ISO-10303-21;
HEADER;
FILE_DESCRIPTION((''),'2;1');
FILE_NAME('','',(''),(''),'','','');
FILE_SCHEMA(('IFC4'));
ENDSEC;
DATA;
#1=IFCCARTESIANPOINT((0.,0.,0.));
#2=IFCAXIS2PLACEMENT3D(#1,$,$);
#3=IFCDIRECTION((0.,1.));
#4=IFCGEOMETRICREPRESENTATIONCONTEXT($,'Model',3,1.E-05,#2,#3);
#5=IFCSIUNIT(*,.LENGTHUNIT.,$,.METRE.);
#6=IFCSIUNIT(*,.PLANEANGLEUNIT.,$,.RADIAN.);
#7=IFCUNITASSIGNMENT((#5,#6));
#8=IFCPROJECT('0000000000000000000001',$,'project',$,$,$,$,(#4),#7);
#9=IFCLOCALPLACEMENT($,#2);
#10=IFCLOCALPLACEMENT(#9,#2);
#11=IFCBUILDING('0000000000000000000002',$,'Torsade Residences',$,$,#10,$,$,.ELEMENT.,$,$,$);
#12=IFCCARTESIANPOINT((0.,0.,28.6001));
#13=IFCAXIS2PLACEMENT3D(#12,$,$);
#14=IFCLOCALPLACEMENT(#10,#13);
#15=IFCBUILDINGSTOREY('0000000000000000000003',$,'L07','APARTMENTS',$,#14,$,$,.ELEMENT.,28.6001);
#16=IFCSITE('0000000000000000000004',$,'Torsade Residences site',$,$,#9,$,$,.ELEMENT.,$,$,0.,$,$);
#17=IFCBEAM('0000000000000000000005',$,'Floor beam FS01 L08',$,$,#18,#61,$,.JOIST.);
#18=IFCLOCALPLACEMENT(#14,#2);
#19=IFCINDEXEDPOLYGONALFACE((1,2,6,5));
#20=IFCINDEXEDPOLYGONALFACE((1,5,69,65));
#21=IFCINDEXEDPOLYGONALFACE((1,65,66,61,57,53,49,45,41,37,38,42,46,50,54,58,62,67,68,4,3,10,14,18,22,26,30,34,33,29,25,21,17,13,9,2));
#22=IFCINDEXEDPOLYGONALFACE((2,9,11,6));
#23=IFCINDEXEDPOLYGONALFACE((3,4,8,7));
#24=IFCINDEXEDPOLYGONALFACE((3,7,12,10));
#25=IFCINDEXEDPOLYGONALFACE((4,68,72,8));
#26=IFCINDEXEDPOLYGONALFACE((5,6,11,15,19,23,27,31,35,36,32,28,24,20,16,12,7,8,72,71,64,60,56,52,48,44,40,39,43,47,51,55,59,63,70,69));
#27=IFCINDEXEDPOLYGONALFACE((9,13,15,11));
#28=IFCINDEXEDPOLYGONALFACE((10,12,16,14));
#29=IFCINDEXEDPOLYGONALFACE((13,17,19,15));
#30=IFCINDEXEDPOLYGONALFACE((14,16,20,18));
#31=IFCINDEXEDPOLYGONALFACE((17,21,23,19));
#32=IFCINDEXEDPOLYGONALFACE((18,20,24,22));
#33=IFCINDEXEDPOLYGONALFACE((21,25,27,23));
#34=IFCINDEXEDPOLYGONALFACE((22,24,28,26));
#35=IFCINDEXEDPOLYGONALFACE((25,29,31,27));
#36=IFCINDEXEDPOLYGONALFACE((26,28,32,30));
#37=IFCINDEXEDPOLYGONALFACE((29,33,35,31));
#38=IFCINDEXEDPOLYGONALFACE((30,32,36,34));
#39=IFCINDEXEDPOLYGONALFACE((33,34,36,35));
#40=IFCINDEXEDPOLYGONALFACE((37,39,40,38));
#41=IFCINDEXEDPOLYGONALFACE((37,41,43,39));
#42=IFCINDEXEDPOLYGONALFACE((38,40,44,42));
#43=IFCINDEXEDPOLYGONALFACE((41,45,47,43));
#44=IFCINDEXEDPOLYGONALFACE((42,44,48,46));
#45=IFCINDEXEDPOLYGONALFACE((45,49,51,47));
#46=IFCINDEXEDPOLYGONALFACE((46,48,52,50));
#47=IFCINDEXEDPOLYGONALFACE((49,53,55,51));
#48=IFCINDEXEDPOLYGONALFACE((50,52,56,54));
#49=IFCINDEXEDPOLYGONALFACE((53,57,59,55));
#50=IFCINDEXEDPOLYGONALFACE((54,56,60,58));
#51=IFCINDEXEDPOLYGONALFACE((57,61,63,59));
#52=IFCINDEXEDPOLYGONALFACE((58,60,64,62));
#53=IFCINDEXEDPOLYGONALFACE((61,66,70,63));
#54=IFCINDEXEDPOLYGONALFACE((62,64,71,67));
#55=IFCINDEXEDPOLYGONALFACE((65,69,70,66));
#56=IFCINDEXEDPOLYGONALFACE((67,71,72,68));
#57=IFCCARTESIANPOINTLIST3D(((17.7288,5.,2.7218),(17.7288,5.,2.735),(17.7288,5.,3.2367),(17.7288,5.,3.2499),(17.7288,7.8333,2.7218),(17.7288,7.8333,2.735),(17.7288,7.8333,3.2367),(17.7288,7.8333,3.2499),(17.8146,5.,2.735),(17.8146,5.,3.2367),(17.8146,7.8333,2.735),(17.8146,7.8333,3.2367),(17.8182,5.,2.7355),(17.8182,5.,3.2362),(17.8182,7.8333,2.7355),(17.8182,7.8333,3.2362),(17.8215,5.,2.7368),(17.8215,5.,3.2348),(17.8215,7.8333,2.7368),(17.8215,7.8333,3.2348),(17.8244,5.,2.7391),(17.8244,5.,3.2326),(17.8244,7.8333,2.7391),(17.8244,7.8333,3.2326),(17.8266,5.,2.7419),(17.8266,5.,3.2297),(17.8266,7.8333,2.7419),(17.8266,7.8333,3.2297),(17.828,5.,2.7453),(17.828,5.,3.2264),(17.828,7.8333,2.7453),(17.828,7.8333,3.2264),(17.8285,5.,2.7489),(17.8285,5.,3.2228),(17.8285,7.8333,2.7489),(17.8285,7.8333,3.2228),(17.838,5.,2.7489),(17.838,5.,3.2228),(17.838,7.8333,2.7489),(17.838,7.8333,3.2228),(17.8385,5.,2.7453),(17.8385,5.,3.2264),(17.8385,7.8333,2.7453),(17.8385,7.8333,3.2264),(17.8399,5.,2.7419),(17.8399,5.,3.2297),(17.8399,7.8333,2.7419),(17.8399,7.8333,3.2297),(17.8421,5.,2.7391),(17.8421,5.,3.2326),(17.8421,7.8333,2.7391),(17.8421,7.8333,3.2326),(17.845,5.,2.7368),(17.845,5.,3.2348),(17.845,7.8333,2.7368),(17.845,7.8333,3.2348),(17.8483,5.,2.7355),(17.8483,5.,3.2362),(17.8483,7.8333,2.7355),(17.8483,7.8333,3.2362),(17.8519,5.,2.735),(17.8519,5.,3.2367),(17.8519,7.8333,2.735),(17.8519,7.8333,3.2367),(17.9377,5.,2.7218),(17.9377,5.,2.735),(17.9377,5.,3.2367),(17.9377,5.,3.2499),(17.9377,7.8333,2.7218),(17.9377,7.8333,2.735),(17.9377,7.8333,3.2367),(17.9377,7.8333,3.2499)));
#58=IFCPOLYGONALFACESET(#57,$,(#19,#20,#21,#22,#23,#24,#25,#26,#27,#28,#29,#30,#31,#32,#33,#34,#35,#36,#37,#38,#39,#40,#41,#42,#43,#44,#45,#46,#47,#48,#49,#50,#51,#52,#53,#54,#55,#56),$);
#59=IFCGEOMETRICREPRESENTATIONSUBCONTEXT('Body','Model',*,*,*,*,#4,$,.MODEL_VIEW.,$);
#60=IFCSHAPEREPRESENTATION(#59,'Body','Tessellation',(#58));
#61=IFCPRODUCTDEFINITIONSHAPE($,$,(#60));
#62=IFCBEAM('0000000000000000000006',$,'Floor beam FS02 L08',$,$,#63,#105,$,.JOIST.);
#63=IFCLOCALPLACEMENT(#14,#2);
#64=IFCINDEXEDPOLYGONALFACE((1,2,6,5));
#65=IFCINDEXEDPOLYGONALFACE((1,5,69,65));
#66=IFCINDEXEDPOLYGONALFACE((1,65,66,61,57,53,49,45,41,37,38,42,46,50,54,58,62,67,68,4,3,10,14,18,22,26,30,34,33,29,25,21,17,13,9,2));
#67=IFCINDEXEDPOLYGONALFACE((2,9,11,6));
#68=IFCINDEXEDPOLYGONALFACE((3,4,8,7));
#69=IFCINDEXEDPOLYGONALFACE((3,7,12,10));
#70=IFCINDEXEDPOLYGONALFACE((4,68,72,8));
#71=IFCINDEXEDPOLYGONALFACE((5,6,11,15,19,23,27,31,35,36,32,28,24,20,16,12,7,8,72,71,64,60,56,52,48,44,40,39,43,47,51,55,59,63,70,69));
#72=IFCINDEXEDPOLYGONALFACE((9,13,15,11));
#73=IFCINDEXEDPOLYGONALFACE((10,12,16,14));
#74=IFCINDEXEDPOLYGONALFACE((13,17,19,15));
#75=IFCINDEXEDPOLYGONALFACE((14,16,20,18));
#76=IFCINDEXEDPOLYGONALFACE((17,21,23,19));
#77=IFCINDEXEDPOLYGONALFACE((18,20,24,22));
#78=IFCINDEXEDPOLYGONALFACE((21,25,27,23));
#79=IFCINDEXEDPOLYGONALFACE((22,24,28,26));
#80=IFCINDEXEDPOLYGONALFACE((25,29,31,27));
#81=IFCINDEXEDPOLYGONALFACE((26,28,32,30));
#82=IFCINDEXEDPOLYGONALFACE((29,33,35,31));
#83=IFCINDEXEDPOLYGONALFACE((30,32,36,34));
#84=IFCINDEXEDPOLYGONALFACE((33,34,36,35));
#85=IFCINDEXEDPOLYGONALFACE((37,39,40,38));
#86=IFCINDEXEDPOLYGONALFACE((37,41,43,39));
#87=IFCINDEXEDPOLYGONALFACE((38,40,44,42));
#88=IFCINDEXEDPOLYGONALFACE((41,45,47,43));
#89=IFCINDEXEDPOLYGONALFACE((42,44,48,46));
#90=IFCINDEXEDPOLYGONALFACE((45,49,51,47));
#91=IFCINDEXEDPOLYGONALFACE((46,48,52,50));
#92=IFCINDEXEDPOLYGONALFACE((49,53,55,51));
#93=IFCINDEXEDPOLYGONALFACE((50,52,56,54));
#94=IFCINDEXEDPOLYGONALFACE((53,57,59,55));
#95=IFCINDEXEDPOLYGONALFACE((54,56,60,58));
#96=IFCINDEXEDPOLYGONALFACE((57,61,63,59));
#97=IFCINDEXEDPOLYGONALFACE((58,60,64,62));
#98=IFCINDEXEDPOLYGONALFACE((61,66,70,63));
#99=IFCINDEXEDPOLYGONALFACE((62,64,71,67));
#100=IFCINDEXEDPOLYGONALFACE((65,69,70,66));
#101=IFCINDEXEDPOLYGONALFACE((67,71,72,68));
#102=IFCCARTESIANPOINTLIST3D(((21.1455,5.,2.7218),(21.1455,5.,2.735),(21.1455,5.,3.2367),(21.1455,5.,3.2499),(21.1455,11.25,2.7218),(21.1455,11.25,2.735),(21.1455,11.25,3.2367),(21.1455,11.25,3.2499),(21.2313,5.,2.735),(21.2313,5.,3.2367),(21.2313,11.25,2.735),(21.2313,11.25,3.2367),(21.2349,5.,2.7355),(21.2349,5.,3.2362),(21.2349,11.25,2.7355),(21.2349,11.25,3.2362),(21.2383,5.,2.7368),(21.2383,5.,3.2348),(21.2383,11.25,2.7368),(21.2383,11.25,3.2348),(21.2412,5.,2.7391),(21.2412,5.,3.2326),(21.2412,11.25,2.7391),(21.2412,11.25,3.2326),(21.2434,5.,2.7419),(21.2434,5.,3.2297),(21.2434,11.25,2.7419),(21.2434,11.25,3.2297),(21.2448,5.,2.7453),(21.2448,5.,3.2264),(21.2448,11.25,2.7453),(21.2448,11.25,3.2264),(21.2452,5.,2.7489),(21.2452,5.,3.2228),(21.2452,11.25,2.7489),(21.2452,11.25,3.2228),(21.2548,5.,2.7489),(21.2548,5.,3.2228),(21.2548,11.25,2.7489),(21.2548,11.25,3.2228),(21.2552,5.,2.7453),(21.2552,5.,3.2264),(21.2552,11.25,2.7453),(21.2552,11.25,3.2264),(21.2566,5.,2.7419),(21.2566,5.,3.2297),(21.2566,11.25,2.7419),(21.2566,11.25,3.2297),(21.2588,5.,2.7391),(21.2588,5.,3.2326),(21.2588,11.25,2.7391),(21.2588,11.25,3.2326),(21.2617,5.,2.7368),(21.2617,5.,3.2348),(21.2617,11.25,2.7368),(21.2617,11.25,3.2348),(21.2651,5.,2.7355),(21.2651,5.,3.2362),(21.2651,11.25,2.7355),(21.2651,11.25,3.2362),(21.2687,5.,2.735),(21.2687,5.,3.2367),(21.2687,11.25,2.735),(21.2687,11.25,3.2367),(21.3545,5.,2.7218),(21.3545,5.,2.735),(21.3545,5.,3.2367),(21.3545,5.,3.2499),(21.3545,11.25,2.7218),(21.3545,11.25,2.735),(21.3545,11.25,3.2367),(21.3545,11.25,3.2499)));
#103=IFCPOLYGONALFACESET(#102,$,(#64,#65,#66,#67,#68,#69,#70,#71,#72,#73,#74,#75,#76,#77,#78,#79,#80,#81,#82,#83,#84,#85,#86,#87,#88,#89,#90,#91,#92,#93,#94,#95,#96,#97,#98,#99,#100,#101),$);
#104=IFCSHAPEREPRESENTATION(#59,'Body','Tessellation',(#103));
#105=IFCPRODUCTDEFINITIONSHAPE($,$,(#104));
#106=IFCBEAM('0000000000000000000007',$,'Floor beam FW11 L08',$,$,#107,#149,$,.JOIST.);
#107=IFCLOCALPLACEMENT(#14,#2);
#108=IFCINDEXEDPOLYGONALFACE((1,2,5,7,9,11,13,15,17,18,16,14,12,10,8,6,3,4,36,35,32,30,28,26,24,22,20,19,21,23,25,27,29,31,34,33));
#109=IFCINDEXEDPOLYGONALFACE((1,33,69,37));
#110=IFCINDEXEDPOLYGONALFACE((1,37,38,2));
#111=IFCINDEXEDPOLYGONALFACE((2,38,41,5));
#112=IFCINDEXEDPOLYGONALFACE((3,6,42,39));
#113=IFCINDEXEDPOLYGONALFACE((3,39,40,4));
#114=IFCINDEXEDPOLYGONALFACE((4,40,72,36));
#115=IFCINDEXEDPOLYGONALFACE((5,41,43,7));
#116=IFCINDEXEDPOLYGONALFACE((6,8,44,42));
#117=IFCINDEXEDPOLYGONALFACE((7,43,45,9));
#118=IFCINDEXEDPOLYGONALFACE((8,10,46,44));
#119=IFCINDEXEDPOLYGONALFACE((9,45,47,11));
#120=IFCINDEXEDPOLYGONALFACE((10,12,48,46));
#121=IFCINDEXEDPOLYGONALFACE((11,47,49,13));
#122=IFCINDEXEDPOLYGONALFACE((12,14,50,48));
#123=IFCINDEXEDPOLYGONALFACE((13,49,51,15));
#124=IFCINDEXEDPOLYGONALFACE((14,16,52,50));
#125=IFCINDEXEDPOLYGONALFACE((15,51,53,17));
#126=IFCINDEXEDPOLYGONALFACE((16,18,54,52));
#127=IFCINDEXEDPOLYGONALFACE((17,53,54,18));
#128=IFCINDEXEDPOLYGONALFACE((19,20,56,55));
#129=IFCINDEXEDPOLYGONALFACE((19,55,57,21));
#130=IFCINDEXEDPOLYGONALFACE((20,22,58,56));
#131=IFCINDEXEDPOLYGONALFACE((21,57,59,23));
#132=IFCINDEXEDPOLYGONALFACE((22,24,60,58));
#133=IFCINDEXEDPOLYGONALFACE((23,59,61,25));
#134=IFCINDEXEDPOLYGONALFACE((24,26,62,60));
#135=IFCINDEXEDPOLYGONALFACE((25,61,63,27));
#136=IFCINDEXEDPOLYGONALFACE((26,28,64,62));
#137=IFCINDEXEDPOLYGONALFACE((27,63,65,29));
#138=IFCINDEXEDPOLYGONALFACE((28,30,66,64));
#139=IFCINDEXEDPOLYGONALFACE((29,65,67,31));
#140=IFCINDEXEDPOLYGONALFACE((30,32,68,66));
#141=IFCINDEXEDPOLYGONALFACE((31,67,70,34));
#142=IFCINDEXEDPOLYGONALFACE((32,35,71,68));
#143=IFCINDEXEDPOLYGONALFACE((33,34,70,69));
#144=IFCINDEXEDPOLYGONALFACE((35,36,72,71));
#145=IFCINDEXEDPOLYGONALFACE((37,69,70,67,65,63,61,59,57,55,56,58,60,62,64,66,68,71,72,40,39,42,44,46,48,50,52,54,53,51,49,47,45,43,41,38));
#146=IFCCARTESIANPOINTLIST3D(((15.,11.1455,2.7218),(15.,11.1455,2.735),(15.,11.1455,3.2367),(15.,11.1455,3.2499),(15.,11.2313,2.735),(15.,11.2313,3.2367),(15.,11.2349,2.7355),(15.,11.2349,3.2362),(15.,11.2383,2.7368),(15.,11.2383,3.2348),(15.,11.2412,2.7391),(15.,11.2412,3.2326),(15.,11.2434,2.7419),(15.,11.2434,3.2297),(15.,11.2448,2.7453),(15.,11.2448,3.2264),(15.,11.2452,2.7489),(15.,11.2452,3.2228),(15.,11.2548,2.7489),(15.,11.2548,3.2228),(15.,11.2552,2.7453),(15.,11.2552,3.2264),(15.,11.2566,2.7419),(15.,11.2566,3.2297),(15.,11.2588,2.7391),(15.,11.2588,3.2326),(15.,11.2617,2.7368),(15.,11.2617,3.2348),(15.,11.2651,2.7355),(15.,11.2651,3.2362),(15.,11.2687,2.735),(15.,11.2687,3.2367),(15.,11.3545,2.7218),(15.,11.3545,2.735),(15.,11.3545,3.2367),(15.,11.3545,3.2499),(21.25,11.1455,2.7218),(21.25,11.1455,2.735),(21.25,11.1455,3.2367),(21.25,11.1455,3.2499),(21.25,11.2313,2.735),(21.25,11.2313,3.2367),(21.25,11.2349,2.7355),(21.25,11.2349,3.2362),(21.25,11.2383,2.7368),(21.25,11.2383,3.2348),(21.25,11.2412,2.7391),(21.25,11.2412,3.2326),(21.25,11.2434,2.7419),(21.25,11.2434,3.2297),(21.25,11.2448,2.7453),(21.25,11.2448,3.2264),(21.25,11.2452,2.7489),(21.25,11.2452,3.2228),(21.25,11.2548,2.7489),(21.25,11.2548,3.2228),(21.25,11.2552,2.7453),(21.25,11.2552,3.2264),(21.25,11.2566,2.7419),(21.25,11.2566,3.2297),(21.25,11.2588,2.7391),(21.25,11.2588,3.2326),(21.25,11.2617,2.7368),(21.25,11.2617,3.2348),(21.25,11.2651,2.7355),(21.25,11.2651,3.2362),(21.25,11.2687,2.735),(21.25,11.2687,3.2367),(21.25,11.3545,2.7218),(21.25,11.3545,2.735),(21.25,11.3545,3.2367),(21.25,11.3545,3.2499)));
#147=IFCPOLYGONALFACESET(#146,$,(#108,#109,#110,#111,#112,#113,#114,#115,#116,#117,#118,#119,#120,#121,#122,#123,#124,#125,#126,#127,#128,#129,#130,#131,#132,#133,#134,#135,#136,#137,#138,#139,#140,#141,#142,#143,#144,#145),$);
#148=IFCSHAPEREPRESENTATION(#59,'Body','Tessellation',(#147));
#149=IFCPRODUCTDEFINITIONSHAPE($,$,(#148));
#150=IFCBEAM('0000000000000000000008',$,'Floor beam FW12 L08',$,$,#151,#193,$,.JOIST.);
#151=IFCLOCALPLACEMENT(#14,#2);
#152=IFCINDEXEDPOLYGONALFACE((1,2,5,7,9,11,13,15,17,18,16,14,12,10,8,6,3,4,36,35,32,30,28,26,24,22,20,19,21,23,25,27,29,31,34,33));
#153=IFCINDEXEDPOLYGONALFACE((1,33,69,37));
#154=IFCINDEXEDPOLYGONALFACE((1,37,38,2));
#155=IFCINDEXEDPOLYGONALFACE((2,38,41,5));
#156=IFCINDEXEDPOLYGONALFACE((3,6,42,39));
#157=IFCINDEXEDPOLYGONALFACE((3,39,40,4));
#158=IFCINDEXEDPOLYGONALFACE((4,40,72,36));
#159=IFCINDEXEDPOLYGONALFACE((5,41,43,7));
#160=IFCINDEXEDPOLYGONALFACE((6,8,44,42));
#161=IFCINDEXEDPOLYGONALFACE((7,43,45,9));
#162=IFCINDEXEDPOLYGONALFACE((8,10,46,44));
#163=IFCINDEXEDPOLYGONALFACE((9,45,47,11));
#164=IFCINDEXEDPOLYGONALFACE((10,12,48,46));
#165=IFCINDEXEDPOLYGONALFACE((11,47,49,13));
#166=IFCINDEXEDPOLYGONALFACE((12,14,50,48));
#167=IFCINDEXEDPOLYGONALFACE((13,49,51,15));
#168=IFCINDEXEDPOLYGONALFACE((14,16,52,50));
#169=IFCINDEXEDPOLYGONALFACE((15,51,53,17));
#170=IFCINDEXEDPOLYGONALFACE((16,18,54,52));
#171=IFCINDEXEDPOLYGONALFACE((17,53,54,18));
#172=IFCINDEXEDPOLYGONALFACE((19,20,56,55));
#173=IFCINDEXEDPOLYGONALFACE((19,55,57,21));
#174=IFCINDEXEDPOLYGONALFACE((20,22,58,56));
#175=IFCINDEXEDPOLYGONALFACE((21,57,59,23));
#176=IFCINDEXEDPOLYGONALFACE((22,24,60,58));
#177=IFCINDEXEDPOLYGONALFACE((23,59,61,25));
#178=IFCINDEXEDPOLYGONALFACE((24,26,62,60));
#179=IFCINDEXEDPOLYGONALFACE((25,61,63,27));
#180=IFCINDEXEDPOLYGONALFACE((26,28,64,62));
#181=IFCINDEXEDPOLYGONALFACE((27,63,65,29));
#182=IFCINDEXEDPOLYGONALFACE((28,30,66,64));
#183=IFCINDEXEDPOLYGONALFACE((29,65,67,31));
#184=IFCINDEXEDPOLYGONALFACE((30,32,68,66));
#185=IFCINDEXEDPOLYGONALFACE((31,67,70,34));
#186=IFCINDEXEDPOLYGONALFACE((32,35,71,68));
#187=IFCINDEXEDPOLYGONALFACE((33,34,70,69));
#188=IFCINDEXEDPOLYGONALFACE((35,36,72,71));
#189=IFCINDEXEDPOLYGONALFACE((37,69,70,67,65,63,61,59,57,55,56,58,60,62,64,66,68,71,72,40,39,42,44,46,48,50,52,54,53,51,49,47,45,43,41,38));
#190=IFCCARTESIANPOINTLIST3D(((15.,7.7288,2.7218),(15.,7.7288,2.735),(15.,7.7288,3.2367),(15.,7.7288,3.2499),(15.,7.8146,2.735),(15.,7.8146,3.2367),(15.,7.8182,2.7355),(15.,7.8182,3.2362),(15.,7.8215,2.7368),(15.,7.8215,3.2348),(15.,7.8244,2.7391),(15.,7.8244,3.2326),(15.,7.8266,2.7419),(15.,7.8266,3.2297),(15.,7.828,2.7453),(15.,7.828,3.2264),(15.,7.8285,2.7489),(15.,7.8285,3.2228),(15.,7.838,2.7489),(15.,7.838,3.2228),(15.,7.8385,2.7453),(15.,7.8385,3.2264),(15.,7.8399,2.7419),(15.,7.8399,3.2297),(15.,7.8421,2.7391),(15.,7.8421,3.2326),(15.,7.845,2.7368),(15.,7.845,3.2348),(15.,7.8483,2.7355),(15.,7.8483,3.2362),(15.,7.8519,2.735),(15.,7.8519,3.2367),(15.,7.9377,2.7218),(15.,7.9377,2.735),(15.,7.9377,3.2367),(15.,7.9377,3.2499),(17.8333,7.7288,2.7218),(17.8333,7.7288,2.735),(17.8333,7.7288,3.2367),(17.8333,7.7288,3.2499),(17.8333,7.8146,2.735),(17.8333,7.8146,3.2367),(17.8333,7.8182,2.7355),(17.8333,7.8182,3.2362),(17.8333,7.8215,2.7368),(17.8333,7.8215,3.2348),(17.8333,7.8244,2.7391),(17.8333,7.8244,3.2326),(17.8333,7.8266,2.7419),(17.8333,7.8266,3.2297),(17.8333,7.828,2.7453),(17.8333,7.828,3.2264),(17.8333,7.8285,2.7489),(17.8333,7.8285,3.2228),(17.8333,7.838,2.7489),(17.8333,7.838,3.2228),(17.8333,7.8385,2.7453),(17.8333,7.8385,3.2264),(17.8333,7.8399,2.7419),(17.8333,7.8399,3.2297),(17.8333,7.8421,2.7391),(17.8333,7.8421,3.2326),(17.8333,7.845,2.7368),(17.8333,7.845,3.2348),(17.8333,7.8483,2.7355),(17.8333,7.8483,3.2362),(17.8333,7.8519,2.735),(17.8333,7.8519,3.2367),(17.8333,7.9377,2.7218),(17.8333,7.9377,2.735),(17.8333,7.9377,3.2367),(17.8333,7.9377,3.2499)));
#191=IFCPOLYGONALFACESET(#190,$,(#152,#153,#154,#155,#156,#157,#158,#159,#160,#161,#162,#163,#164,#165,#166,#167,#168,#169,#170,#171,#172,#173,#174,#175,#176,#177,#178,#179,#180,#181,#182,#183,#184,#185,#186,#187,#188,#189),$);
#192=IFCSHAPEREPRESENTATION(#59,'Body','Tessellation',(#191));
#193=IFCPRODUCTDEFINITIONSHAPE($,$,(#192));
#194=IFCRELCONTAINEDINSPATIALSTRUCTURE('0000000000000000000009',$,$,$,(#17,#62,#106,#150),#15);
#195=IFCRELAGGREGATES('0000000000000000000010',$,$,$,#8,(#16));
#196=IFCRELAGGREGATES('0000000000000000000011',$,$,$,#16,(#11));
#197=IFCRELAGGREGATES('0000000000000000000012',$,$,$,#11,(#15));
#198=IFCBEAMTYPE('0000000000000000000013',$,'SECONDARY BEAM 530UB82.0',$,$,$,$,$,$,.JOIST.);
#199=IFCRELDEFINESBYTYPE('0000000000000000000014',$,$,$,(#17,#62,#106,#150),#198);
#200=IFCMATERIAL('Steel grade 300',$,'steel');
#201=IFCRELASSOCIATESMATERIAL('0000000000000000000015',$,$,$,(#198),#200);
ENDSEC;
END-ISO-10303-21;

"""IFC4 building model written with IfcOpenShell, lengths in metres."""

from ifc_helpers import new_model, si_unit, direction, frame, origin, origin_2d, place, context, subcontext, project, spatial, i_section, extrude, material, material_profile, profile_set, type_object, element, save


model = new_model("IFC4")

# Units and contexts
model_context = context("Model", 3, precision=1e-05, world=origin(), true_north=direction((0.0, 1.0)))
body_context = subcontext(model_context, "Body", "Model", "MODEL_VIEW")
ifc_project = project(units=[si_unit("LENGTHUNIT", "METRE"), si_unit("PLANEANGLEUNIT", "RADIAN")], contexts=[model_context])

# Site, building, storey
site_placement = place(None, origin())
site = spatial("IfcSite", under=ifc_project, at=site_placement, Name="Torsade Residences site", CompositionType="ELEMENT", RefElevation=0.0)
building_placement = place(site_placement, origin())
building = spatial("IfcBuilding", under=site, at=building_placement, Name="Torsade Residences", CompositionType="ELEMENT")
storey_placement = place(building_placement, frame((0.0, 0.0, 28.6001)))
storey = spatial("IfcBuildingStorey", under=building, at=storey_placement, Name="L07", Description="APARTMENTS", CompositionType="ELEMENT", Elevation=28.6001)

# Beams
ifc_material_1 = material(Name="Steel grade 300", Category="steel")
ifc_material_profile_1 = material_profile(ifc_material_1, i_section(OverallWidth=0.209, OverallDepth=0.5281, WebThickness=0.0095, FlangeThickness=0.0132, FilletRadius=0.0139, at=origin_2d()), Name="530UB82.0")
ifc_profile_set_1 = profile_set([ifc_material_profile_1], Name="Steel grade 300")
beam_type_1 = type_object("IfcBeamType", Name="SECONDARY BEAM 530UB82.0", PredefinedType="JOIST", material=ifc_profile_set_1)
beam_1_placement = place(storey_placement, frame((17.8333, 5.0, 2.9858), z_axis=(0.0, 1.0, 0.0), x_axis=(-1.0, 0.0, 0.0)))
element("IfcBeam", 1, at=beam_1_placement, inside=storey, type_object=beam_type_1, Name="Floor beam FS01 L08", PredefinedType="JOIST", context=body_context, shape_type="SweptSolid", body=[
    extrude(i_section(OverallWidth=0.209, OverallDepth=0.5281, WebThickness=0.0095, FlangeThickness=0.0132, FilletRadius=0.0139, at=origin_2d()), origin(), (0.0, 0.0, 1.0), 2.8333),
])
for number, where, z_axis, x_axis, name in (
    (2, (21.25, 5.0, 2.9858), (0.0, 1.0, 0.0), (-1.0, 0.0, 0.0), "Floor beam FS02 L08"),
    (3, (15.0, 11.25, 2.9858), (1.0, 0.0, 0.0), (0.0, 1.0, 0.0), "Floor beam FW11 L08"),
):
    element("IfcBeam", number, at=place(storey_placement, frame(where, z_axis=z_axis, x_axis=x_axis)), inside=storey, type_object=beam_type_1, Name=name, PredefinedType="JOIST", context=body_context, shape_type="SweptSolid", body=[
        extrude(i_section(OverallWidth=0.209, OverallDepth=0.5281, WebThickness=0.0095, FlangeThickness=0.0132, FilletRadius=0.0139, at=origin_2d()), origin(), (0.0, 0.0, 1.0), 6.25),
    ])
beam_2_placement = place(storey_placement, frame((15.0, 7.8333, 2.9858), z_axis=(1.0, 0.0, 0.0), x_axis=(0.0, 1.0, 0.0)))
element("IfcBeam", 4, at=beam_2_placement, inside=storey, type_object=beam_type_1, Name="Floor beam FW12 L08", PredefinedType="JOIST", context=body_context, shape_type="SweptSolid", body=[
    extrude(i_section(OverallWidth=0.209, OverallDepth=0.5281, WebThickness=0.0095, FlangeThickness=0.0132, FilletRadius=0.0139, at=origin_2d()), origin(), (0.0, 0.0, 1.0), 2.8333),
])

save(model, "model.ifc")
